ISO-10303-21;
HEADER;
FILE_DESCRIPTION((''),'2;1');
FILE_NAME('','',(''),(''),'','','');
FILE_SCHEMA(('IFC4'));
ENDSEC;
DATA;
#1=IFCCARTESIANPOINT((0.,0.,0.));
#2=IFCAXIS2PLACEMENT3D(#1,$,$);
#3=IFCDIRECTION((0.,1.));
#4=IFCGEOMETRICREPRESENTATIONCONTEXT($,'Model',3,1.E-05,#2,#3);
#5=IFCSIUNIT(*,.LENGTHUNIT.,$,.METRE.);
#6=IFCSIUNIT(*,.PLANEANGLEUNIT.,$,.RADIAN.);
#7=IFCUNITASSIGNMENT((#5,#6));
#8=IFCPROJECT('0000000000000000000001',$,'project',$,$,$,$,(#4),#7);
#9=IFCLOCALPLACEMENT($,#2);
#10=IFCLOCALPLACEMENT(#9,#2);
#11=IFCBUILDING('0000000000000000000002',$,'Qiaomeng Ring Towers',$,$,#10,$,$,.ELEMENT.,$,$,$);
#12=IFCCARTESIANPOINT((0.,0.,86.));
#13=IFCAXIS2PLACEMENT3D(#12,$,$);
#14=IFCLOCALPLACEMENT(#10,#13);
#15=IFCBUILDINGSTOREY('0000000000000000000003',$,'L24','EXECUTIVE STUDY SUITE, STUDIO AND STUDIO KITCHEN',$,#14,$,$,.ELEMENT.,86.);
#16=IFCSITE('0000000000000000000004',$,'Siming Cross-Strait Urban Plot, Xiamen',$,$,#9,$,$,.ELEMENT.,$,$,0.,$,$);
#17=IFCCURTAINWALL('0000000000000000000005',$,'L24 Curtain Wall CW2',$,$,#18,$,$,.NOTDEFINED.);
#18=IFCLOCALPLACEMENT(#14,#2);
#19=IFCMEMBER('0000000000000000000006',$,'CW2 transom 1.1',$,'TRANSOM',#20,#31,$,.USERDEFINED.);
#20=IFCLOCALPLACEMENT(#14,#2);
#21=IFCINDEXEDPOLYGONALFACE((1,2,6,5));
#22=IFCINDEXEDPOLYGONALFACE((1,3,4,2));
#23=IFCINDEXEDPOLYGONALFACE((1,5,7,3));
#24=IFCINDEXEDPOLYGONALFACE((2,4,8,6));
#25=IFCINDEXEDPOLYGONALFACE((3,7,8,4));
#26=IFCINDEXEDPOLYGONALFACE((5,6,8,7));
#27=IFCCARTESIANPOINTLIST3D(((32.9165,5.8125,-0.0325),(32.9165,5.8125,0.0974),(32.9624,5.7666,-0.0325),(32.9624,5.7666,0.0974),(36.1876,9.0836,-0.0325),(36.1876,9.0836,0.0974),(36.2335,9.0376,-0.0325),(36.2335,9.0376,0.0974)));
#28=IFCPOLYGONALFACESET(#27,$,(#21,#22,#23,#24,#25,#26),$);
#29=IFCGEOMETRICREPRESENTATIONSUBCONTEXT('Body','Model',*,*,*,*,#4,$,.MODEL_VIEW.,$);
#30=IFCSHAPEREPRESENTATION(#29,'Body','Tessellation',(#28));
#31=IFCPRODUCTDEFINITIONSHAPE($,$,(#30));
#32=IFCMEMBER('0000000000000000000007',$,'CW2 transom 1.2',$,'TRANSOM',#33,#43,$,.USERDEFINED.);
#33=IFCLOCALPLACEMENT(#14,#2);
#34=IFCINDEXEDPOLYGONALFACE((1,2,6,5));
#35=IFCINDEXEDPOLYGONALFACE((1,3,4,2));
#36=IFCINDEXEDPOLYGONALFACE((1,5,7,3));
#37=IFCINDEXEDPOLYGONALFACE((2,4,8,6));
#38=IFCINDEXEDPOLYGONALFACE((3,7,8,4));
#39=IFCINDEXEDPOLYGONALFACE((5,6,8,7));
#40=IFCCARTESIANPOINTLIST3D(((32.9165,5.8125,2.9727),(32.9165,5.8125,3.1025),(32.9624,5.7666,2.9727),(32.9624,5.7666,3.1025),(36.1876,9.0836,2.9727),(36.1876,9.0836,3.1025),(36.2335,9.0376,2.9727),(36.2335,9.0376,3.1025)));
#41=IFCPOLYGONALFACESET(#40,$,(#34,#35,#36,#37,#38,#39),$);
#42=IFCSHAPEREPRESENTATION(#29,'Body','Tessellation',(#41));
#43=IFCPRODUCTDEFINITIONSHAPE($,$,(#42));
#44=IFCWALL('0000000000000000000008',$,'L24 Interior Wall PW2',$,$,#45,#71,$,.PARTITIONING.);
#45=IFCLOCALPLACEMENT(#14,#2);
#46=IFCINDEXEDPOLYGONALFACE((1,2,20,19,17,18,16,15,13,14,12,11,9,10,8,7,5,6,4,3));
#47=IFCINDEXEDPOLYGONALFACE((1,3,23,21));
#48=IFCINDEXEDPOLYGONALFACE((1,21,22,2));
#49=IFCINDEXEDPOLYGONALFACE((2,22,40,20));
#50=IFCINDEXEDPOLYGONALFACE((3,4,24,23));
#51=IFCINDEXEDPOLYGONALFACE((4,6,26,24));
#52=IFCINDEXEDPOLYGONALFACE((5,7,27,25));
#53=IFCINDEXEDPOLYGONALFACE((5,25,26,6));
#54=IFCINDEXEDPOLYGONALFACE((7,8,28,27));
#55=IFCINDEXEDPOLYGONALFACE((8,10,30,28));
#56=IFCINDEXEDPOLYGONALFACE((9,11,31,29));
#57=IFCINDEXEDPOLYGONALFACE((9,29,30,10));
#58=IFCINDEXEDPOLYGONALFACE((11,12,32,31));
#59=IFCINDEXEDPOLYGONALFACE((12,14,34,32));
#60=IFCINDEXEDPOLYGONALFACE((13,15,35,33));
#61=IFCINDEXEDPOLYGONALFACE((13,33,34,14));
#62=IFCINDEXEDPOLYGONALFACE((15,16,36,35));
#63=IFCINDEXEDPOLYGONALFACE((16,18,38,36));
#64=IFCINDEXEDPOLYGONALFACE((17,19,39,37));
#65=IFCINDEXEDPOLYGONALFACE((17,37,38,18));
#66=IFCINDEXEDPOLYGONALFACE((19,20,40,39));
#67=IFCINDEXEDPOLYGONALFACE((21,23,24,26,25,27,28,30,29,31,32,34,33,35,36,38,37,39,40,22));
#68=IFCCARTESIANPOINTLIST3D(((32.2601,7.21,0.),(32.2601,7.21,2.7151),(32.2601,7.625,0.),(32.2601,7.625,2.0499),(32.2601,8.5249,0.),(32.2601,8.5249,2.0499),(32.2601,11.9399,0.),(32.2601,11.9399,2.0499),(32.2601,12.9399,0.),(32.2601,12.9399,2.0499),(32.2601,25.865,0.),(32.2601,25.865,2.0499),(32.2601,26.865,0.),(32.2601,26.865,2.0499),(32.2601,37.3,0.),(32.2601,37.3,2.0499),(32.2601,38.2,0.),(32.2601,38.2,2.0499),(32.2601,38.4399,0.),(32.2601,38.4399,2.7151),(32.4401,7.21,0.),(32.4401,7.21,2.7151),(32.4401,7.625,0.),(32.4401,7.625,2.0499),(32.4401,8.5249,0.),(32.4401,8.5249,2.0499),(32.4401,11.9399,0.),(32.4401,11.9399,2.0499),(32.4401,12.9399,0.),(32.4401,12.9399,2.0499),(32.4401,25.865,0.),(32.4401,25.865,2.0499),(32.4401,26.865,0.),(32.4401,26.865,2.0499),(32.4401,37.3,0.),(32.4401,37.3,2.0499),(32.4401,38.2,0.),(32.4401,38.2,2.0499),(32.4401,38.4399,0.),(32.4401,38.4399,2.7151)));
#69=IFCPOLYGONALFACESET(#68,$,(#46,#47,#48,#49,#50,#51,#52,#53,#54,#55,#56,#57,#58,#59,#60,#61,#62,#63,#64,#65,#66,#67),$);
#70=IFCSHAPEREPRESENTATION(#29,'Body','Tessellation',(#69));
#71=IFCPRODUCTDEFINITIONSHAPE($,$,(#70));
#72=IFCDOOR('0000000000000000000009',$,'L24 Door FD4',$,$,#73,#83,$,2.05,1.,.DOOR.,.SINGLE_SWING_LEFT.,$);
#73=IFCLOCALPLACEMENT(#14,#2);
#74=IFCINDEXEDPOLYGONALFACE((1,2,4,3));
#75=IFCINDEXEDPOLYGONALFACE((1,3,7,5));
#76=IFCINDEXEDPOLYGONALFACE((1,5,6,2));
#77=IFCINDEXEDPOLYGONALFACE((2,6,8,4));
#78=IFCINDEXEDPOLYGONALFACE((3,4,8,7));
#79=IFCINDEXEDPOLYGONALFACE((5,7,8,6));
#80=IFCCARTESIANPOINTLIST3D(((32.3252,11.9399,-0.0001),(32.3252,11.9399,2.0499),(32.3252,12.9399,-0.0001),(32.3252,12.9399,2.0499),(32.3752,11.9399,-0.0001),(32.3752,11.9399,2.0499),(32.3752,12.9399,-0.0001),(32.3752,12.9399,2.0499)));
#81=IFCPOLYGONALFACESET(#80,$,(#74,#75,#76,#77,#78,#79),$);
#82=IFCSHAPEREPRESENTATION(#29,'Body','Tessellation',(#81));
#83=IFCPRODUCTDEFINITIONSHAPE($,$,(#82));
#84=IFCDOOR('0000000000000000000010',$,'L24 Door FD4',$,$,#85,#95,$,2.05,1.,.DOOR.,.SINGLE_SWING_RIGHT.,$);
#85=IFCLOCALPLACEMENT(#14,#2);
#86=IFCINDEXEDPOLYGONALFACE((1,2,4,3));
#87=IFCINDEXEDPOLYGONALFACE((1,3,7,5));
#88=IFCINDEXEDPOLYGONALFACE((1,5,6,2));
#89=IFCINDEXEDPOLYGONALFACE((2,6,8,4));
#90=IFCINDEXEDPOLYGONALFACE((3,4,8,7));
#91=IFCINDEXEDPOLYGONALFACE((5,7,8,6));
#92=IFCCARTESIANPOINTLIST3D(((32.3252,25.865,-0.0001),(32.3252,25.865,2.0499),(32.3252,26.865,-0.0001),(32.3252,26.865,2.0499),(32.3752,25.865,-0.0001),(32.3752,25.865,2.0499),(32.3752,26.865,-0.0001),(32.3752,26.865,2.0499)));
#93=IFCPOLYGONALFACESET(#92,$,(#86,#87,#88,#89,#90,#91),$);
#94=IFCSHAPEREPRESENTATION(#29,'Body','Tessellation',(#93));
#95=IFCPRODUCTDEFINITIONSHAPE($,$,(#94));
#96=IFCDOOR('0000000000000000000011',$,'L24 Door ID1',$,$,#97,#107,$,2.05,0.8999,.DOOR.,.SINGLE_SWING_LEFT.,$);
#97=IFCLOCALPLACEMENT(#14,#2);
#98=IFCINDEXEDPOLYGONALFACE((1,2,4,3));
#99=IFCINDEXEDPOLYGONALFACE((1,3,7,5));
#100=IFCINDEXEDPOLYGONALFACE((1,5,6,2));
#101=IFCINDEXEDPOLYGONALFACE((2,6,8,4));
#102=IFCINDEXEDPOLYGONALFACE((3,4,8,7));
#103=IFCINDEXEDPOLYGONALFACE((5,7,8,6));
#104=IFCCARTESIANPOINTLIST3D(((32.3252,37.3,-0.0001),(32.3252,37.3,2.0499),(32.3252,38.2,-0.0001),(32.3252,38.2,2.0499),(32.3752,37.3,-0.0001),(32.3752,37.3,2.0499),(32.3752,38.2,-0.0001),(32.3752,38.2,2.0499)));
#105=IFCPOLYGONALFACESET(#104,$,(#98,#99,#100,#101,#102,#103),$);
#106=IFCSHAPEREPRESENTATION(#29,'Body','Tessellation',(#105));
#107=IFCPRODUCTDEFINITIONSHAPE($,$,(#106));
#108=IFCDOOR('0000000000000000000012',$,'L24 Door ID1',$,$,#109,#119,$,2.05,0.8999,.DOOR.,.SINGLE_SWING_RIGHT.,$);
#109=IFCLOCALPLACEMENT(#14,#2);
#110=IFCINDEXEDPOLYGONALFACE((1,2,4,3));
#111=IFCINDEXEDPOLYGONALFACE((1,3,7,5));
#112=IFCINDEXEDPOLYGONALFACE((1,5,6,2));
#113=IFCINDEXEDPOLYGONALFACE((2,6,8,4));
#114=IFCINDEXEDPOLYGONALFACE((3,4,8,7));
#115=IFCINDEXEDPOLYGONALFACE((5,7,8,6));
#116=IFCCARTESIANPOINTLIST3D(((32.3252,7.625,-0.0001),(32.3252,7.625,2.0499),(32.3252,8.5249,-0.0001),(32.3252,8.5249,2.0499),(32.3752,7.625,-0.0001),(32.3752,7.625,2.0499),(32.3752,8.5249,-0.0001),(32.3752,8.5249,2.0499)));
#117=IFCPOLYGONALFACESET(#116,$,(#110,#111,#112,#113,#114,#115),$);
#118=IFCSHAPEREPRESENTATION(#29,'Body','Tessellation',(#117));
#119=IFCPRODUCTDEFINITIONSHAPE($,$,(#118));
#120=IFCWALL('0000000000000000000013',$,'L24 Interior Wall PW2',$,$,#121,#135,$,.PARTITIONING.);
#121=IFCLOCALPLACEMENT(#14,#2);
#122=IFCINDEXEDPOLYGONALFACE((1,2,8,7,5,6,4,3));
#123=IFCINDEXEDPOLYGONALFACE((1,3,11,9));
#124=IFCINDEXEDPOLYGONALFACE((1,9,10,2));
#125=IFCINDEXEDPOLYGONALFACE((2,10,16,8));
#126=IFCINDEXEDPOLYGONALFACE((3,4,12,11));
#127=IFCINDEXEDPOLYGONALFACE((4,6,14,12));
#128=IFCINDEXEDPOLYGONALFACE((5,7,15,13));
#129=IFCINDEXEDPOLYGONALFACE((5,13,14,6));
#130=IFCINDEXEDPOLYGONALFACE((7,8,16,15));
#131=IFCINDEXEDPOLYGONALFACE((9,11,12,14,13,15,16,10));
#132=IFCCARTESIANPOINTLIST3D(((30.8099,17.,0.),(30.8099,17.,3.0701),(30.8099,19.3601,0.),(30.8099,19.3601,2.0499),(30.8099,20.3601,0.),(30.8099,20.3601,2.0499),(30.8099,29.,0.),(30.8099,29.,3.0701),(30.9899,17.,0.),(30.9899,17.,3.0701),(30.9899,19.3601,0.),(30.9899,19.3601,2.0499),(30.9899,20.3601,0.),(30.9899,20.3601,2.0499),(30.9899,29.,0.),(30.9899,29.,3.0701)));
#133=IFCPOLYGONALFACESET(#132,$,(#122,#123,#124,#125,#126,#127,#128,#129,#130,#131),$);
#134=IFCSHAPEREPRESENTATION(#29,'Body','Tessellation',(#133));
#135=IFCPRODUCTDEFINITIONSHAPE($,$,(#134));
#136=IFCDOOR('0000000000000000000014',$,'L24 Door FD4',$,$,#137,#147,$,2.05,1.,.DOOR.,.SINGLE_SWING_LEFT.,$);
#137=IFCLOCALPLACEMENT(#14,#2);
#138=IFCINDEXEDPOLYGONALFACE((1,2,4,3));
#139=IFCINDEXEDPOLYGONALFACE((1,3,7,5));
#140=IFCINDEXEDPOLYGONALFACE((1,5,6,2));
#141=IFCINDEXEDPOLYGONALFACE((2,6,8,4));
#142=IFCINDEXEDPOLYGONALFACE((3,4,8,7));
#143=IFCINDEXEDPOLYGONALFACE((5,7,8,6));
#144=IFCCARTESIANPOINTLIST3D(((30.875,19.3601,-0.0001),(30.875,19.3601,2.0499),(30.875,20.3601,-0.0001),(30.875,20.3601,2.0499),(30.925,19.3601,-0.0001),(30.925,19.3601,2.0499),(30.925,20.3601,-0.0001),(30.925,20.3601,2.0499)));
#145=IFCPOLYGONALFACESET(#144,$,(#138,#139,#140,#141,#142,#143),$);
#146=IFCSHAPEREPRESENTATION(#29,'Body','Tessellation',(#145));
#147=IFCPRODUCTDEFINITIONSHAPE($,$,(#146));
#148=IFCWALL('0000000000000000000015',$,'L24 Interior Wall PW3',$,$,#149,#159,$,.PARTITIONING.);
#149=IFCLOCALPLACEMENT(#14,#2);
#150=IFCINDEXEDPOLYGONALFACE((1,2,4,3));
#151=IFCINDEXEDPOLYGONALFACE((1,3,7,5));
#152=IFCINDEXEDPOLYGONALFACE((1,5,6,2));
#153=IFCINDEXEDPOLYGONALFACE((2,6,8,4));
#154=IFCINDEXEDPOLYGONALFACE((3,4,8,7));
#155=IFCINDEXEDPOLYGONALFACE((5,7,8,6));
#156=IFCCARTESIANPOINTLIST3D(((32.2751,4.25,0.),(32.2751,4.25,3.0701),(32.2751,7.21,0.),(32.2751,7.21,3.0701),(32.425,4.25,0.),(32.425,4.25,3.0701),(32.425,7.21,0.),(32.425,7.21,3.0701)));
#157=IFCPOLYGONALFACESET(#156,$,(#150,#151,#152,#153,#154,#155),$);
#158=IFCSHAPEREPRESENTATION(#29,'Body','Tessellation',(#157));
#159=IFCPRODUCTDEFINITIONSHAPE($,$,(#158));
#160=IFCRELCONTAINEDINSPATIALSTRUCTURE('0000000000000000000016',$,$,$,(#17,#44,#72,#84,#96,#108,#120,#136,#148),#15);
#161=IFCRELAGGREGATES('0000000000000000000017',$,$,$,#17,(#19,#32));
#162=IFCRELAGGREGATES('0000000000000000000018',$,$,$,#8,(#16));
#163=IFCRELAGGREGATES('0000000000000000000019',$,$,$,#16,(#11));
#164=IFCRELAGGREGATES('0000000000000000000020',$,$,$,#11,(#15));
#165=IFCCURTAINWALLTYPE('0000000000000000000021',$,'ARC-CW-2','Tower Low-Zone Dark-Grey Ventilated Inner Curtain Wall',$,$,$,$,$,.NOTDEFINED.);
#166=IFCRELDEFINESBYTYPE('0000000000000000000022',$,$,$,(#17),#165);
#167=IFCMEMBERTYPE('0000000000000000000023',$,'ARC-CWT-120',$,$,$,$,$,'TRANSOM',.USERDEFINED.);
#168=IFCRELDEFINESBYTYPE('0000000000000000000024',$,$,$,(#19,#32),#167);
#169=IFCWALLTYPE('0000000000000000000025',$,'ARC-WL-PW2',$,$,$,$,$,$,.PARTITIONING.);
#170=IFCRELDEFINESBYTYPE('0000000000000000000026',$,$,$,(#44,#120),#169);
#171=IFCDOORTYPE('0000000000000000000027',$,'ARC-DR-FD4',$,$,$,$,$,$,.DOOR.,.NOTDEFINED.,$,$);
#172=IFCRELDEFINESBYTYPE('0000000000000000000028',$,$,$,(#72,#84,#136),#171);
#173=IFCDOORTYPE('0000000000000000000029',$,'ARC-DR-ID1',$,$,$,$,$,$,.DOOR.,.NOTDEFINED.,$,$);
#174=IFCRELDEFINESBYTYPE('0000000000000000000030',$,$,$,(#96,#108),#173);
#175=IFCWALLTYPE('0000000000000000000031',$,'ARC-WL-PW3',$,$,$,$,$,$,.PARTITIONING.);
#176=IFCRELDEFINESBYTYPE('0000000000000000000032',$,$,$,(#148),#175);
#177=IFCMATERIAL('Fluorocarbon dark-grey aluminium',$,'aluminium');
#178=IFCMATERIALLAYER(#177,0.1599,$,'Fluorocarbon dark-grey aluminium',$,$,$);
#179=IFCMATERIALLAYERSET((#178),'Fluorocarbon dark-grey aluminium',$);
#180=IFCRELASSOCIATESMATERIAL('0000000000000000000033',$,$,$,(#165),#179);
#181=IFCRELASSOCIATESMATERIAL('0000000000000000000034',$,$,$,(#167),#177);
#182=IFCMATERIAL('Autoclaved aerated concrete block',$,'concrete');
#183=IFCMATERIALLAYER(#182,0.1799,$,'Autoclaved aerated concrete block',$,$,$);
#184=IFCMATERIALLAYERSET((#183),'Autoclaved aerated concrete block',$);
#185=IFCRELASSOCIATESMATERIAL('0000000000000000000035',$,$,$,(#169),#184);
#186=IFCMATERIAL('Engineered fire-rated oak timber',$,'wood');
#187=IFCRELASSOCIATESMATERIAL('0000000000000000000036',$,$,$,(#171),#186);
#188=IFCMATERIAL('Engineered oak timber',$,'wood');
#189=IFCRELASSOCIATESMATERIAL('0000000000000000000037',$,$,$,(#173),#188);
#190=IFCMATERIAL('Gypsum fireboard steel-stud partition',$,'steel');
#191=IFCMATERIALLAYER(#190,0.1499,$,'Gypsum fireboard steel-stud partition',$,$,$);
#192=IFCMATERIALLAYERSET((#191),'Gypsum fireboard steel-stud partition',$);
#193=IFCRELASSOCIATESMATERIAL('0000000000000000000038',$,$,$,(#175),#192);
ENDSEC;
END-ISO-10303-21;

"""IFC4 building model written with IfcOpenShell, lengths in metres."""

from ifc_helpers import new_model, si_unit, direction, frame, frame_2d, origin, origin_2d, place, context, subcontext, project, spatial, rectangle, extrude, source, transform, mapped, material, layer, layer_set, material_profile, profile_set, type_object, element, fill, aggregate, save


model = new_model("IFC4")

# Units and contexts
model_context = context("Model", 3, precision=1e-05, world=origin(), true_north=direction((0.0, 1.0)))
body_context = subcontext(model_context, "Body", "Model", "MODEL_VIEW")
ifc_project = project(units=[si_unit("LENGTHUNIT", "METRE"), si_unit("PLANEANGLEUNIT", "RADIAN")], contexts=[model_context])

# Site, building, storey
site_placement = place(None, origin())
site = spatial("IfcSite", under=ifc_project, at=site_placement, Name="Siming Cross-Strait Urban Plot, Xiamen", CompositionType="ELEMENT", RefElevation=0.0)
building_placement = place(site_placement, origin())
building = spatial("IfcBuilding", under=site, at=building_placement, Name="Qiaomeng Ring Towers", CompositionType="ELEMENT")
storey_placement = place(building_placement, frame((0.0, 0.0, 86.0)))
storey = spatial("IfcBuildingStorey", under=building, at=storey_placement, Name="L24", Description="EXECUTIVE STUDY SUITE, STUDIO AND STUDIO KITCHEN", CompositionType="ELEMENT", Elevation=86.0)

# Curtain wall, members
ifc_material_1 = material(Name="Fluorocarbon dark-grey aluminium", Category="aluminium")
ifc_layer_1 = layer(ifc_material_1, 0.1599, Name="Fluorocarbon dark-grey aluminium")
ifc_layer_set_1 = layer_set([ifc_layer_1], Name="Fluorocarbon dark-grey aluminium")
curtain_wall_type = type_object("IfcCurtainWallType", Name="ARC-CW-2", Description="Tower Low-Zone Dark-Grey Ventilated Inner Curtain Wall", PredefinedType="NOTDEFINED", material=ifc_layer_set_1)
curtain_wall_placement = place(storey_placement, origin())
curtain_wall = element("IfcCurtainWall", 1, at=curtain_wall_placement, inside=storey, type_object=curtain_wall_type, Name="L24 Curtain Wall CW2", PredefinedType="NOTDEFINED")
ifc_material_profile_1 = material_profile(ifc_material_1, rectangle(XDim=0.0649, YDim=0.1299, at=origin_2d()), Name="ALU TRAN 65x130")
ifc_profile_set_1 = profile_set([ifc_material_profile_1], Name="Fluorocarbon dark-grey aluminium")
member_type_1 = type_object("IfcMemberType", Name="ARC-CWT-120", ElementType="TRANSOM", PredefinedType="USERDEFINED", material=ifc_profile_set_1)
shared_shape_1 = source(origin(), body_context, "Body", "SweptSolid", [
    extrude(rectangle(XDim=0.0649, YDim=0.1299, at=origin_2d()), origin(), (0.0, 0.0, 1.0), 4.626),
])
member_1_placement = place(storey_placement, frame((32.9395, 5.7896, 0.0325), z_axis=(0.707107, 0.707107, 0.0), x_axis=(-0.707107, 0.707107, 0.0)))
member_1 = element("IfcMember", 2, at=member_1_placement, type_object=member_type_1, Name="CW2 transom 1.1", ObjectType="TRANSOM", PredefinedType="USERDEFINED", context=body_context, shape_type="MappedRepresentation", body=[
    mapped(shared_shape_1, transform((0.0, 0.0, 0.0), x_axis=(1.0, 0.0, 0.0), y_axis=(0.0, 1.0, 0.0), z_axis=(0.0, 0.0, 1.0), scale=1.0)),
])
member_2_placement = place(storey_placement, frame((32.9395, 5.7896, 3.0376), z_axis=(0.707107, 0.707107, 0.0), x_axis=(-0.707107, 0.707107, 0.0)))
member_2 = element("IfcMember", 3, at=member_2_placement, type_object=member_type_1, Name="CW2 transom 1.2", ObjectType="TRANSOM", PredefinedType="USERDEFINED", context=body_context, shape_type="MappedRepresentation", body=[
    mapped(shared_shape_1, transform((0.0, 0.0, 0.0), x_axis=(1.0, 0.0, 0.0), y_axis=(0.0, 1.0, 0.0), z_axis=(0.0, 0.0, 1.0), scale=1.0)),
])
aggregate(curtain_wall, [member_1, member_2])

# Wall, openings, doors
ifc_material_2 = material(Name="Autoclaved aerated concrete block", Category="concrete")
ifc_layer_2 = layer(ifc_material_2, 0.1799, Name="Autoclaved aerated concrete block")
ifc_layer_set_2 = layer_set([ifc_layer_2], Name="Autoclaved aerated concrete block")
wall_type_1 = type_object("IfcWallType", Name="ARC-WL-PW2", PredefinedType="PARTITIONING", material=ifc_layer_set_2)
wall_1_placement = place(storey_placement, frame((32.3501, 7.21, 0.0), z_axis=(0.0, 0.0, 1.0), x_axis=(0.0, 1.0, 0.0)))
wall_1 = element("IfcWall", 4, at=wall_1_placement, inside=storey, type_object=wall_type_1, Name="L24 Interior Wall PW2", PredefinedType="PARTITIONING", context=body_context, shape_type="SweptSolid", body=[
    extrude(rectangle(XDim=31.23, YDim=0.1799, at=frame_2d((15.615, 0.0))), origin(), (0.0, 0.0, 1.0), 2.7151),
])
opening_1_placement = place(wall_1_placement, frame((30.0901, 0.0, 0.0)))
opening_1 = element("IfcOpeningElement", 5, at=opening_1_placement, cuts=wall_1, PredefinedType="OPENING", context=body_context, shape_type="SweptSolid", body=[
    extrude(rectangle(XDim=0.8999, YDim=2.05, at=frame_2d((0.45, 1.0249))), frame((0.0, 0.0999, 0.0), z_axis=(0.0, -1.0, 0.0), x_axis=(1.0, 0.0, 0.0)), (0.0, 0.0, 1.0), 0.2),
])
opening_2_placement = place(wall_1_placement, frame((0.415, 0.0, 0.0)))
opening_2 = element("IfcOpeningElement", 6, at=opening_2_placement, cuts=wall_1, PredefinedType="OPENING", context=body_context, shape_type="SweptSolid", body=[
    extrude(rectangle(XDim=0.8999, YDim=2.05, at=frame_2d((0.45, 1.0249))), frame((0.0, 0.0999, 0.0), z_axis=(0.0, -1.0, 0.0), x_axis=(1.0, 0.0, 0.0)), (0.0, 0.0, 1.0), 0.2),
])
opening_3_placement = place(wall_1_placement, frame((4.73, 0.0, 0.0)))
opening_3 = element("IfcOpeningElement", 7, at=opening_3_placement, cuts=wall_1, PredefinedType="OPENING", context=body_context, shape_type="SweptSolid", body=[
    extrude(rectangle(XDim=1.0, YDim=2.05, at=frame_2d((0.5, 1.0249))), frame((0.0, 0.0999, 0.0), z_axis=(0.0, -1.0, 0.0), x_axis=(1.0, 0.0, 0.0)), (0.0, 0.0, 1.0), 0.2),
])
opening_4_placement = place(wall_1_placement, frame((18.655, 0.0, 0.0)))
opening_4 = element("IfcOpeningElement", 8, at=opening_4_placement, cuts=wall_1, PredefinedType="OPENING", context=body_context, shape_type="SweptSolid", body=[
    extrude(rectangle(XDim=1.0, YDim=2.05, at=frame_2d((0.5, 1.0249))), frame((0.0, 0.0999, 0.0), z_axis=(0.0, -1.0, 0.0), x_axis=(1.0, 0.0, 0.0)), (0.0, 0.0, 1.0), 0.2),
])
ifc_material_3 = material(Name="Engineered fire-rated oak timber", Category="wood")
door_type_1 = type_object("IfcDoorType", Name="ARC-DR-FD4", OperationType="NOTDEFINED", PredefinedType="DOOR", material=ifc_material_3)
shared_shape_2 = source(origin(), body_context, "Body", "SweptSolid", [
    extrude(rectangle(XDim=1.0, YDim=2.05, at=frame_2d((0.5, 1.0249))), frame((0.0, 0.0249, 0.0), z_axis=(0.0, -1.0, 0.0), x_axis=(1.0, 0.0, 0.0)), (0.0, 0.0, 1.0), 0.05),
])
door_1_placement = place(opening_3_placement, origin())
door_1 = element("IfcDoor", 9, at=door_1_placement, inside=storey, type_object=door_type_1, Name="L24 Door FD4", OperationType="SINGLE_SWING_LEFT", OverallHeight=2.05, OverallWidth=1.0, PredefinedType="DOOR", context=body_context, shape_type="MappedRepresentation", body=[
    mapped(shared_shape_2, transform((0.0, 0.0, 0.0), x_axis=(1.0, 0.0, 0.0), y_axis=(0.0, 1.0, 0.0), z_axis=(0.0, 0.0, 1.0), scale=1.0)),
])
fill(opening_3, door_1)
door_2_placement = place(opening_4_placement, origin())
door_2 = element("IfcDoor", 10, at=door_2_placement, inside=storey, type_object=door_type_1, Name="L24 Door FD4", OperationType="SINGLE_SWING_RIGHT", OverallHeight=2.05, OverallWidth=1.0, PredefinedType="DOOR", context=body_context, shape_type="MappedRepresentation", body=[
    mapped(shared_shape_2, transform((0.0, 0.0, 0.0), x_axis=(1.0, 0.0, 0.0), y_axis=(0.0, 1.0, 0.0), z_axis=(0.0, 0.0, 1.0), scale=1.0)),
])
fill(opening_4, door_2)
ifc_material_4 = material(Name="Engineered oak timber", Category="wood")
door_type_2 = type_object("IfcDoorType", Name="ARC-DR-ID1", OperationType="NOTDEFINED", PredefinedType="DOOR", material=ifc_material_4)
shared_shape_3 = source(origin(), body_context, "Body", "SweptSolid", [
    extrude(rectangle(XDim=0.8999, YDim=2.05, at=frame_2d((0.45, 1.0249))), frame((0.0, 0.0249, 0.0), z_axis=(0.0, -1.0, 0.0), x_axis=(1.0, 0.0, 0.0)), (0.0, 0.0, 1.0), 0.05),
])
door_3_placement = place(opening_1_placement, origin())
door_3 = element("IfcDoor", 11, at=door_3_placement, inside=storey, type_object=door_type_2, Name="L24 Door ID1", OperationType="SINGLE_SWING_LEFT", OverallHeight=2.05, OverallWidth=0.8999, PredefinedType="DOOR", context=body_context, shape_type="MappedRepresentation", body=[
    mapped(shared_shape_3, transform((0.0, 0.0, 0.0), x_axis=(1.0, 0.0, 0.0), y_axis=(0.0, 1.0, 0.0), z_axis=(0.0, 0.0, 1.0), scale=1.0)),
])
fill(opening_1, door_3)
door_4_placement = place(opening_2_placement, origin())
door_4 = element("IfcDoor", 12, at=door_4_placement, inside=storey, type_object=door_type_2, Name="L24 Door ID1", OperationType="SINGLE_SWING_RIGHT", OverallHeight=2.05, OverallWidth=0.8999, PredefinedType="DOOR", context=body_context, shape_type="MappedRepresentation", body=[
    mapped(shared_shape_3, transform((0.0, 0.0, 0.0), x_axis=(1.0, 0.0, 0.0), y_axis=(0.0, 1.0, 0.0), z_axis=(0.0, 0.0, 1.0), scale=1.0)),
])
fill(opening_2, door_4)

# Wall, opening, door
wall_2_placement = place(storey_placement, frame((30.8999, 17.0, 0.0), z_axis=(0.0, 0.0, 1.0), x_axis=(0.0, 1.0, 0.0)))
wall_2 = element("IfcWall", 13, at=wall_2_placement, inside=storey, type_object=wall_type_1, Name="L24 Interior Wall PW2", PredefinedType="PARTITIONING", context=body_context, shape_type="SweptSolid", body=[
    extrude(rectangle(XDim=12.0, YDim=0.1799, at=frame_2d((6.0, 0.0))), origin(), (0.0, 0.0, 1.0), 3.0701),
])
opening_5_placement = place(wall_2_placement, frame((2.3601, 0.0, 0.0)))
opening_5 = element("IfcOpeningElement", 14, at=opening_5_placement, cuts=wall_2, PredefinedType="OPENING", context=body_context, shape_type="SweptSolid", body=[
    extrude(rectangle(XDim=1.0, YDim=2.05, at=frame_2d((0.5, 1.0249))), frame((0.0, 0.0999, 0.0), z_axis=(0.0, -1.0, 0.0), x_axis=(1.0, 0.0, 0.0)), (0.0, 0.0, 1.0), 0.2),
])
door_5_placement = place(opening_5_placement, origin())
door_5 = element("IfcDoor", 15, at=door_5_placement, inside=storey, type_object=door_type_1, Name="L24 Door FD4", OperationType="SINGLE_SWING_LEFT", OverallHeight=2.05, OverallWidth=1.0, PredefinedType="DOOR", context=body_context, shape_type="MappedRepresentation", body=[
    mapped(shared_shape_2, transform((0.0, 0.0, 0.0), x_axis=(1.0, 0.0, 0.0), y_axis=(0.0, 1.0, 0.0), z_axis=(0.0, 0.0, 1.0), scale=1.0)),
])
fill(opening_5, door_5)

# Wall
ifc_material_5 = material(Name="Gypsum fireboard steel-stud partition", Category="steel")
ifc_layer_3 = layer(ifc_material_5, 0.1499, Name="Gypsum fireboard steel-stud partition")
ifc_layer_set_3 = layer_set([ifc_layer_3], Name="Gypsum fireboard steel-stud partition")
wall_type_2 = type_object("IfcWallType", Name="ARC-WL-PW3", PredefinedType="PARTITIONING", material=ifc_layer_set_3)
wall_3_placement = place(storey_placement, frame((32.3501, 4.25, 0.0), z_axis=(0.0, 0.0, 1.0), x_axis=(0.0, 1.0, 0.0)))
element("IfcWall", 16, at=wall_3_placement, inside=storey, type_object=wall_type_2, Name="L24 Interior Wall PW3", PredefinedType="PARTITIONING", context=body_context, shape_type="SweptSolid", body=[
    extrude(rectangle(XDim=2.96, YDim=0.1499, at=frame_2d((1.48, 0.0))), origin(), (0.0, 0.0, 1.0), 3.0701),
])

save(model, "model.ifc")
